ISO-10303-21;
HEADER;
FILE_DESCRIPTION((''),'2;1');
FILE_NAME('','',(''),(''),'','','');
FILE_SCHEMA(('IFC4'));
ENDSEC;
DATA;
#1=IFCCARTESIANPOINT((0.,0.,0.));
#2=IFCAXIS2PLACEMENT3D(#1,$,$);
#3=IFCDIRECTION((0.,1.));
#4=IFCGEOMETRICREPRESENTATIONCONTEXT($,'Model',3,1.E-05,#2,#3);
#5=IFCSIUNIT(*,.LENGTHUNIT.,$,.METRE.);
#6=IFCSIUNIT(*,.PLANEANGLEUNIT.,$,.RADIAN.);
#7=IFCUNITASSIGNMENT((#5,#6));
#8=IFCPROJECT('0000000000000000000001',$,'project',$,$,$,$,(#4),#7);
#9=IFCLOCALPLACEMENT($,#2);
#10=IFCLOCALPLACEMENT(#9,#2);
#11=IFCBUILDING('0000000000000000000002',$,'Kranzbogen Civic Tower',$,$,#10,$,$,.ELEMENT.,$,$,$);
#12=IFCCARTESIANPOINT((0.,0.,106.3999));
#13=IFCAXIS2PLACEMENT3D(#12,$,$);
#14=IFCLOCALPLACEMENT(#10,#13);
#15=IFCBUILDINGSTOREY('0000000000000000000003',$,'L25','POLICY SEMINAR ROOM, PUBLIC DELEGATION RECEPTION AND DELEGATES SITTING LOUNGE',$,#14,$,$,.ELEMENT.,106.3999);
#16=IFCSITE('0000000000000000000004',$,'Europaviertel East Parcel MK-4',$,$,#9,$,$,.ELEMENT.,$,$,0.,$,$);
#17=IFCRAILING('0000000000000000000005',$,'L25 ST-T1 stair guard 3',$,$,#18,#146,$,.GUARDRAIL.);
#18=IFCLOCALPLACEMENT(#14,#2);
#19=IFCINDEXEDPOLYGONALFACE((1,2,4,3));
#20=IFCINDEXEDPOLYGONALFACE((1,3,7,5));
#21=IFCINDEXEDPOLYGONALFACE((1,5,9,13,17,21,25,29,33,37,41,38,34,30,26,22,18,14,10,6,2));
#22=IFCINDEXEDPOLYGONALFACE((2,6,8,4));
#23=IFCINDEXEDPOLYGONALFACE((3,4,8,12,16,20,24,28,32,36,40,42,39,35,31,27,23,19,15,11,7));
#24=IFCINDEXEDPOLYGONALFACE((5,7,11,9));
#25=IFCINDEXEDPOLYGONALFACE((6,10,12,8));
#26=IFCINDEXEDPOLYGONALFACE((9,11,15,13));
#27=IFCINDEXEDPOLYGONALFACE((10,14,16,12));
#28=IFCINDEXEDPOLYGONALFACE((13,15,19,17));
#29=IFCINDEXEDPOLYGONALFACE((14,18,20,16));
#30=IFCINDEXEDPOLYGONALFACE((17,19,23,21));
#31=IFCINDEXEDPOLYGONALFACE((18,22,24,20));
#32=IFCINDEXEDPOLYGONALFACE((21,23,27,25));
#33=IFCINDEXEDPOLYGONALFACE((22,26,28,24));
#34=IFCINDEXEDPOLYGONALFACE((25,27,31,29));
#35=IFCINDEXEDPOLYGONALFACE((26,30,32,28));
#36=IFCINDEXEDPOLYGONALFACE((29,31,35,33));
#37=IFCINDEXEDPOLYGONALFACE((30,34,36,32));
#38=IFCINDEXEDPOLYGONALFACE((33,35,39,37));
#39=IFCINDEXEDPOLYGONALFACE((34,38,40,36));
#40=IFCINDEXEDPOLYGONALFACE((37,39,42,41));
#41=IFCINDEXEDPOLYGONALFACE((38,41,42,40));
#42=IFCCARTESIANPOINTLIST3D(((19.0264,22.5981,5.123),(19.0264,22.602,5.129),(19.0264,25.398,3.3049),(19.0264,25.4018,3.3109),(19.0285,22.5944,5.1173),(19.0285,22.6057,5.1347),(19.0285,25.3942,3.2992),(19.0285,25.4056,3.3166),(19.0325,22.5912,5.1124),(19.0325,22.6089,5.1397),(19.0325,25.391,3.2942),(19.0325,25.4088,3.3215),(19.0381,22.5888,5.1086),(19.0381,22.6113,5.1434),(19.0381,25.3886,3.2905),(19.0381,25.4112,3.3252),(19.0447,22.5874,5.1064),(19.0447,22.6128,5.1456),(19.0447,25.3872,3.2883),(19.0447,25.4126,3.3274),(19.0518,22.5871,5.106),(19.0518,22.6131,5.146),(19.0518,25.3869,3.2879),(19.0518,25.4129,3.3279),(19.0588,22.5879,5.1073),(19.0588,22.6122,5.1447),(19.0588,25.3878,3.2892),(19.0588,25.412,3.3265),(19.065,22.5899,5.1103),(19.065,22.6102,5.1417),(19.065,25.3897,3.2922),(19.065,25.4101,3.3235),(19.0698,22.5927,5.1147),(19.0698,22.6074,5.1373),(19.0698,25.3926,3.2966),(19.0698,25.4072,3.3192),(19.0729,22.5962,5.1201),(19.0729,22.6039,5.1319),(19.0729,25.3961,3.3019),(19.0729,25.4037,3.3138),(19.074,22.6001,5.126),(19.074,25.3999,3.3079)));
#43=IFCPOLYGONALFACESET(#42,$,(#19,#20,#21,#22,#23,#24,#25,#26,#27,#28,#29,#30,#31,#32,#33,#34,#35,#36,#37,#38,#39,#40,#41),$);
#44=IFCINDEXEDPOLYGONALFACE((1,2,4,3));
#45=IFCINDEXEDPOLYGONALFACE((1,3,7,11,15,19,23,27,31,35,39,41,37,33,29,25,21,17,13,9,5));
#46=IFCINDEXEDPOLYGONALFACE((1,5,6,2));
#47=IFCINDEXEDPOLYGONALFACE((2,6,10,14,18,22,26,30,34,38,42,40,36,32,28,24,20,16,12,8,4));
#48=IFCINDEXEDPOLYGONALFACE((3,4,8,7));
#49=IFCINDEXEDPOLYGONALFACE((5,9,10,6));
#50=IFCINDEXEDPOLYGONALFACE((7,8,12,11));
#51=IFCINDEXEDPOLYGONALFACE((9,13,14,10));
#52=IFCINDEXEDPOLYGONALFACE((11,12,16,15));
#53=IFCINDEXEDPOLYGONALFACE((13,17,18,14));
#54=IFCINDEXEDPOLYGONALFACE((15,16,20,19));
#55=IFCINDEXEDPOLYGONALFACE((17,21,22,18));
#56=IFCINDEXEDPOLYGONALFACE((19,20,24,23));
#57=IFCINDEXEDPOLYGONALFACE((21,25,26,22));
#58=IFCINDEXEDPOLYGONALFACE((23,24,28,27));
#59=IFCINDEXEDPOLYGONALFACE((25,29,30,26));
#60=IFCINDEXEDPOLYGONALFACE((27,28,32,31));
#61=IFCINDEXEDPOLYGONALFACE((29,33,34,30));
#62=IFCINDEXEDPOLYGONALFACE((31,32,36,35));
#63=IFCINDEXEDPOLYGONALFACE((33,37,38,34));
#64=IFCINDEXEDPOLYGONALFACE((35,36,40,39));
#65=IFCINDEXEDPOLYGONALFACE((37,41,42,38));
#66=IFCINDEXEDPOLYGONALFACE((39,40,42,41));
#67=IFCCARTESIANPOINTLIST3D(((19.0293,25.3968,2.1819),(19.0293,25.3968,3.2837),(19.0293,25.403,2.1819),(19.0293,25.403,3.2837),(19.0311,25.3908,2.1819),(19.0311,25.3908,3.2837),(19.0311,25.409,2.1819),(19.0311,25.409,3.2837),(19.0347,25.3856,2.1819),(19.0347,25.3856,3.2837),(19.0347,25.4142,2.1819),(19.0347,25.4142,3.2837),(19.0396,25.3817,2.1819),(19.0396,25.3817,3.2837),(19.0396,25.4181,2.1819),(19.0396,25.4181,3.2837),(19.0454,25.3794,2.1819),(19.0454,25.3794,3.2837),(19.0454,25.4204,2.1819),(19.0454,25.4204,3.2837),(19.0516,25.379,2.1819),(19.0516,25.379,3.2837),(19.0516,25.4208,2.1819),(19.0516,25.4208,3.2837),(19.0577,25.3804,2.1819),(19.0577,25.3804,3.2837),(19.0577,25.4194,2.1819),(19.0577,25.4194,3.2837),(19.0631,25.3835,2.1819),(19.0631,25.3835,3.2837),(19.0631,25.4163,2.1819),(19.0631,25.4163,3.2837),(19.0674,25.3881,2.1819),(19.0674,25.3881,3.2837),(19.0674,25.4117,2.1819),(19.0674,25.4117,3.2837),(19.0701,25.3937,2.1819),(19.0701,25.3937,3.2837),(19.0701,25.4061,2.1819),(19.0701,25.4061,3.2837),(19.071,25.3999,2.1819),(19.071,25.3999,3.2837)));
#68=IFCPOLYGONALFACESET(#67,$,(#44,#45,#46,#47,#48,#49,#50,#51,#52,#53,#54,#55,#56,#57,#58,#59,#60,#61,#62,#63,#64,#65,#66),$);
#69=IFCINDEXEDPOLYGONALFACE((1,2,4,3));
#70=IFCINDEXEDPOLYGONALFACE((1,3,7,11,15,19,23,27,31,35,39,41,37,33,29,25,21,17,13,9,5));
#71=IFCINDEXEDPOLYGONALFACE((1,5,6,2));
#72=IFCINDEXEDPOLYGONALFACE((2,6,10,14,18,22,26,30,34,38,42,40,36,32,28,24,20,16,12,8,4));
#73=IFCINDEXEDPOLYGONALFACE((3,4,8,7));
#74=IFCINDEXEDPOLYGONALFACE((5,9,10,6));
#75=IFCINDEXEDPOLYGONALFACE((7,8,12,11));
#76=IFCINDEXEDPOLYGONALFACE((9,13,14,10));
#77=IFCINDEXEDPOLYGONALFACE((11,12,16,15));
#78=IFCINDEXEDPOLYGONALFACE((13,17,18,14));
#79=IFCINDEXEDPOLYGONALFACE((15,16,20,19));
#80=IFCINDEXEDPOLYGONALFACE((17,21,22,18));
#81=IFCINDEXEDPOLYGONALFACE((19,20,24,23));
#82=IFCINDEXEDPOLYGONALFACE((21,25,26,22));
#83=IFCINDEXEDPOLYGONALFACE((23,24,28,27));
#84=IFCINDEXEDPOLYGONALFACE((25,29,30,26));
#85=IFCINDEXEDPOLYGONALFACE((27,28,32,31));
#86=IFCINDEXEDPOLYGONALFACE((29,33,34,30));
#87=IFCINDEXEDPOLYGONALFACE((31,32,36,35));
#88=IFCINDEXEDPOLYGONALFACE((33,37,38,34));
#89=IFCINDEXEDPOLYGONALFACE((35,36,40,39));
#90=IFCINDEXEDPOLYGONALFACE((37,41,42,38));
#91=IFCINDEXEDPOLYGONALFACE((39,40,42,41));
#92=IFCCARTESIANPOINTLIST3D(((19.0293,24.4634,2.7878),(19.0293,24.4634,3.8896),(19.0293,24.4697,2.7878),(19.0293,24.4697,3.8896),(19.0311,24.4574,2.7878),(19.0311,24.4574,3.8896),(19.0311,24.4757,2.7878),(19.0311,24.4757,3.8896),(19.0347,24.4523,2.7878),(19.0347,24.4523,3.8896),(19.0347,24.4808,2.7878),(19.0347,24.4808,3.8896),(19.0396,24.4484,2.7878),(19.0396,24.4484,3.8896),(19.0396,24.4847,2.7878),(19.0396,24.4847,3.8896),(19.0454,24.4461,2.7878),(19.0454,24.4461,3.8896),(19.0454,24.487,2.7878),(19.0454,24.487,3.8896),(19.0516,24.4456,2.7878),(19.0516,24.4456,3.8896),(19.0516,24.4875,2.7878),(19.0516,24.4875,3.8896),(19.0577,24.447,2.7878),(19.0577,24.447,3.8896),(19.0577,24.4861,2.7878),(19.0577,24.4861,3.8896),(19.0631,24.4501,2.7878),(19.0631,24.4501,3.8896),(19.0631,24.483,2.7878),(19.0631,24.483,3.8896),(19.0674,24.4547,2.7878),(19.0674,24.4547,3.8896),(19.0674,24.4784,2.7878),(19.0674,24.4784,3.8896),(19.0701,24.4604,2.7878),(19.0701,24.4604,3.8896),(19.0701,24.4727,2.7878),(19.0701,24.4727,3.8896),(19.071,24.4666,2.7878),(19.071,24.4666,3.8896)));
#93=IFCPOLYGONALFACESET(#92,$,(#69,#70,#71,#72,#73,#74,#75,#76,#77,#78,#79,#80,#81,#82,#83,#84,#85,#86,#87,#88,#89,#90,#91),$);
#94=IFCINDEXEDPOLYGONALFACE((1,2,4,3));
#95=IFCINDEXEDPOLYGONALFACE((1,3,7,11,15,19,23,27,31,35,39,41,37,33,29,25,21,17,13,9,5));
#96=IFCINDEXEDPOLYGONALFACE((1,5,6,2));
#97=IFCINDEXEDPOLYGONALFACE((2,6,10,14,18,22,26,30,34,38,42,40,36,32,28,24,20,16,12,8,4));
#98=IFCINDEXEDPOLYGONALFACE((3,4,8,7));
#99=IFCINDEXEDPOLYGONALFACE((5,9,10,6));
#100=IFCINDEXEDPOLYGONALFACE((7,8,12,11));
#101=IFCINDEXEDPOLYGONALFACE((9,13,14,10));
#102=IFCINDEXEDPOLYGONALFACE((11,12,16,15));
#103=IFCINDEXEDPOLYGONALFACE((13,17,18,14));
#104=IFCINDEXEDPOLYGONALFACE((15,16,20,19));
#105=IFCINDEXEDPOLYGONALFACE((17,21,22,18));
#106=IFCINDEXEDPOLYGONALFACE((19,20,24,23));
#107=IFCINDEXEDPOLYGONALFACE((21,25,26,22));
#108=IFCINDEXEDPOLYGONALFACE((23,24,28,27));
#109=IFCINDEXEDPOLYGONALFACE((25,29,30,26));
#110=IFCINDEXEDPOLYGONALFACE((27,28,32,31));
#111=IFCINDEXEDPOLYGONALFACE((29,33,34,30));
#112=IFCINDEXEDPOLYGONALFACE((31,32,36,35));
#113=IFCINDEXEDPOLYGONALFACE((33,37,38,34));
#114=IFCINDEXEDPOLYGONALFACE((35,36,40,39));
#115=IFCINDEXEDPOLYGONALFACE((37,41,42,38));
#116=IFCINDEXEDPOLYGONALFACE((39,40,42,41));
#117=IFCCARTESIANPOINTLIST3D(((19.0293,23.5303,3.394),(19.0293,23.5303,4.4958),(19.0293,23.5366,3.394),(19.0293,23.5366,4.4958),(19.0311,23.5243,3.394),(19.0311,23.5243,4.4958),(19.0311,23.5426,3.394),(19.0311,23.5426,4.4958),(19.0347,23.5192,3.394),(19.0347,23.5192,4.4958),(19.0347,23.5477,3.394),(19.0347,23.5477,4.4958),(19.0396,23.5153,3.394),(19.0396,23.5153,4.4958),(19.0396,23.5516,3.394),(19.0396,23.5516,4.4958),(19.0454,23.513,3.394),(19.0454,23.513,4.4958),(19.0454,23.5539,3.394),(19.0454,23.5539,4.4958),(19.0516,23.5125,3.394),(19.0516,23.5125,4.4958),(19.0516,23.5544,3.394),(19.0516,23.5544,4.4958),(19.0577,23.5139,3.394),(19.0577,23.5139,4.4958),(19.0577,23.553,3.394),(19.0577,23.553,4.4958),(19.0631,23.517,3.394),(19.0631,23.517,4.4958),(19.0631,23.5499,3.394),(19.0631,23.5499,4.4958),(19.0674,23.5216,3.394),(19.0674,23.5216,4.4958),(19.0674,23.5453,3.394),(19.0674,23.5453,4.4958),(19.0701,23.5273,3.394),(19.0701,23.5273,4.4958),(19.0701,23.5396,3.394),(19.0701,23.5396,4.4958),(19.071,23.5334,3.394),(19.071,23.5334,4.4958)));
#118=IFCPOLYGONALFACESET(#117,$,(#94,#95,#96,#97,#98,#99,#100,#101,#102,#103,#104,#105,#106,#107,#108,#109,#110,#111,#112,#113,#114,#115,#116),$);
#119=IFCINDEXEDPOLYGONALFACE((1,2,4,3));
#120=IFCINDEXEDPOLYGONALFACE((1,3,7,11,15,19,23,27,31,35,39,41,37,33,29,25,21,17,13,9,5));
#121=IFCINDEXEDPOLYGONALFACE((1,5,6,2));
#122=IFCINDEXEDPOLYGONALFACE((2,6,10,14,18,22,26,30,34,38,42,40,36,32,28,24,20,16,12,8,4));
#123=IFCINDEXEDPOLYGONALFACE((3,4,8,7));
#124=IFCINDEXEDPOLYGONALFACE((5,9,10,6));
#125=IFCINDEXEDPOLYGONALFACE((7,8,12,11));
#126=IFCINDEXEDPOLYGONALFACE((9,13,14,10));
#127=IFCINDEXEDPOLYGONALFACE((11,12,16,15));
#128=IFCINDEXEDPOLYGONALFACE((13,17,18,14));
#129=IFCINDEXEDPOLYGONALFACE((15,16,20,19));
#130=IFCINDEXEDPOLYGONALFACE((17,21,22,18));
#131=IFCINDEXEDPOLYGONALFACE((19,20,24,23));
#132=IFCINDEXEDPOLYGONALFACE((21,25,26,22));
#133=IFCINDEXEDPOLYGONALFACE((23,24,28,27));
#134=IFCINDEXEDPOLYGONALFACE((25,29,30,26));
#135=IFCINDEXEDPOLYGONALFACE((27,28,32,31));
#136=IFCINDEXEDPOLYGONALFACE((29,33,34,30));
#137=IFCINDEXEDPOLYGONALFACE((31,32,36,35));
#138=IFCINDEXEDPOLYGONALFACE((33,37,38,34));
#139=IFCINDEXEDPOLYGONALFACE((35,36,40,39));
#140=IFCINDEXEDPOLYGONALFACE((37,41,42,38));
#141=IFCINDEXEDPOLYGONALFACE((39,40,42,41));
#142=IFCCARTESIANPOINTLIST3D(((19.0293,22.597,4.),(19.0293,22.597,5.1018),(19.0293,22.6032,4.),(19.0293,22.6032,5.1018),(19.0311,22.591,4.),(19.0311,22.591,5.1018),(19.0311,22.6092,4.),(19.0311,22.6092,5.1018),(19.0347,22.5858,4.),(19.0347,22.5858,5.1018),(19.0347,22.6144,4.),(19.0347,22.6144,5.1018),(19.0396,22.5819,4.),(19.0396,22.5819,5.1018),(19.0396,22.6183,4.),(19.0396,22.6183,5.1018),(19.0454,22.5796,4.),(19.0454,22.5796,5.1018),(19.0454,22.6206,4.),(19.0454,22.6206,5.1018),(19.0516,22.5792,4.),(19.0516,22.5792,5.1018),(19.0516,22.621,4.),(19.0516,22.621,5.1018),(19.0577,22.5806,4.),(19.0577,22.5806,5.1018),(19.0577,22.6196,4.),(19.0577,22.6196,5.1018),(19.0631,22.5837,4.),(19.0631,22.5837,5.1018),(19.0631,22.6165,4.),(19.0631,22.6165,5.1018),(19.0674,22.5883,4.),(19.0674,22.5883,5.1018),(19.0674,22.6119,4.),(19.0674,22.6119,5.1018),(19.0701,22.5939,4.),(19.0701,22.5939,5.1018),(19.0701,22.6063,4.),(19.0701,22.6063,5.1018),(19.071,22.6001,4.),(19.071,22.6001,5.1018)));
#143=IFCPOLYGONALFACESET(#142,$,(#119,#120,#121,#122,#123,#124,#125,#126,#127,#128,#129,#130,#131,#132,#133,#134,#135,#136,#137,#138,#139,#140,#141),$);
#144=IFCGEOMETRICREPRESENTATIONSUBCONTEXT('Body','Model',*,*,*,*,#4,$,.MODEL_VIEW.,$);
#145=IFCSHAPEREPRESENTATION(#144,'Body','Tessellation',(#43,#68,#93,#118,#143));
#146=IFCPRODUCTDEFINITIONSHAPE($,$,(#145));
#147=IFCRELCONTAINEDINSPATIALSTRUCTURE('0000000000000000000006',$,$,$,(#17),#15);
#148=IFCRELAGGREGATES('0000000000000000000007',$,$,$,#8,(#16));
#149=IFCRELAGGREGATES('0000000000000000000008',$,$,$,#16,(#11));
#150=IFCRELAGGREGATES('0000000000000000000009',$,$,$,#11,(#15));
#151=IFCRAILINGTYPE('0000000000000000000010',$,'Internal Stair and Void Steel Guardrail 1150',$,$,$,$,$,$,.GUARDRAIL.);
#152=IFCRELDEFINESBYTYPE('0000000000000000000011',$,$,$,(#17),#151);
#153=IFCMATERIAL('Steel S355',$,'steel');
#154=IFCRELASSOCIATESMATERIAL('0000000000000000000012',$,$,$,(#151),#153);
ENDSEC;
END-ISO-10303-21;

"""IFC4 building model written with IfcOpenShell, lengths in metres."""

from ifc_helpers import new_model, si_unit, direction, frame, origin, origin_2d, place, context, subcontext, project, spatial, circle, extrude, material, type_object, element, save


model = new_model("IFC4")

# Units and contexts
model_context = context("Model", 3, precision=1e-05, world=origin(), true_north=direction((0.0, 1.0)))
body_context = subcontext(model_context, "Body", "Model", "MODEL_VIEW")
ifc_project = project(units=[si_unit("LENGTHUNIT", "METRE"), si_unit("PLANEANGLEUNIT", "RADIAN")], contexts=[model_context])

# Site, building, storey
site_placement = place(None, origin())
site = spatial("IfcSite", under=ifc_project, at=site_placement, Name="Europaviertel East Parcel MK-4", CompositionType="ELEMENT", RefElevation=0.0)
building_placement = place(site_placement, origin())
building = spatial("IfcBuilding", under=site, at=building_placement, Name="Kranzbogen Civic Tower", CompositionType="ELEMENT")
storey_placement = place(building_placement, frame((0.0, 0.0, 106.3999)))
storey = spatial("IfcBuildingStorey", under=building, at=storey_placement, Name="L25", Description="POLICY SEMINAR ROOM, PUBLIC DELEGATION RECEPTION AND DELEGATES SITTING LOUNGE", CompositionType="ELEMENT", Elevation=106.3999)

# Shared definitions
ifc_material_1 = material(Name="Steel S355", Category="steel")

# Railing
railing_type_1 = type_object("IfcRailingType", Name="Internal Stair and Void Steel Guardrail 1150", PredefinedType="GUARDRAIL", material=ifc_material_1)
railing_1_placement = place(storey_placement, frame((19.05, 25.3999, 2.1819)))
element("IfcRailing", 1, at=railing_1_placement, inside=storey, type_object=railing_type_1, Name="L25 ST-T1 stair guard 3", PredefinedType="GUARDRAIL", context=body_context, shape_type="SweptSolid", body=[
    extrude(circle(Radius=0.0239, at=origin_2d()), frame((0.0, 0.0, 1.126), z_axis=(0.0, -0.838684, 0.544618), x_axis=(1.0, 0.0, 0.0)), (0.0, 0.0, 1.0), 3.3384),
    extrude(circle(Radius=0.021, at=origin_2d()), origin(), (0.0, 0.0, 1.0), 1.1018),
    extrude(circle(Radius=0.021, at=origin_2d()), frame((0.0, -0.9333, 0.606)), (0.0, 0.0, 1.0), 1.1018),
    extrude(circle(Radius=0.021, at=origin_2d()), frame((0.0, -1.8665, 1.2122)), (0.0, 0.0, 1.0), 1.1018),
    extrude(circle(Radius=0.021, at=origin_2d()), frame((0.0, -2.7998, 1.8181)), (0.0, 0.0, 1.0), 1.1018),
])

save(model, "model.ifc")
